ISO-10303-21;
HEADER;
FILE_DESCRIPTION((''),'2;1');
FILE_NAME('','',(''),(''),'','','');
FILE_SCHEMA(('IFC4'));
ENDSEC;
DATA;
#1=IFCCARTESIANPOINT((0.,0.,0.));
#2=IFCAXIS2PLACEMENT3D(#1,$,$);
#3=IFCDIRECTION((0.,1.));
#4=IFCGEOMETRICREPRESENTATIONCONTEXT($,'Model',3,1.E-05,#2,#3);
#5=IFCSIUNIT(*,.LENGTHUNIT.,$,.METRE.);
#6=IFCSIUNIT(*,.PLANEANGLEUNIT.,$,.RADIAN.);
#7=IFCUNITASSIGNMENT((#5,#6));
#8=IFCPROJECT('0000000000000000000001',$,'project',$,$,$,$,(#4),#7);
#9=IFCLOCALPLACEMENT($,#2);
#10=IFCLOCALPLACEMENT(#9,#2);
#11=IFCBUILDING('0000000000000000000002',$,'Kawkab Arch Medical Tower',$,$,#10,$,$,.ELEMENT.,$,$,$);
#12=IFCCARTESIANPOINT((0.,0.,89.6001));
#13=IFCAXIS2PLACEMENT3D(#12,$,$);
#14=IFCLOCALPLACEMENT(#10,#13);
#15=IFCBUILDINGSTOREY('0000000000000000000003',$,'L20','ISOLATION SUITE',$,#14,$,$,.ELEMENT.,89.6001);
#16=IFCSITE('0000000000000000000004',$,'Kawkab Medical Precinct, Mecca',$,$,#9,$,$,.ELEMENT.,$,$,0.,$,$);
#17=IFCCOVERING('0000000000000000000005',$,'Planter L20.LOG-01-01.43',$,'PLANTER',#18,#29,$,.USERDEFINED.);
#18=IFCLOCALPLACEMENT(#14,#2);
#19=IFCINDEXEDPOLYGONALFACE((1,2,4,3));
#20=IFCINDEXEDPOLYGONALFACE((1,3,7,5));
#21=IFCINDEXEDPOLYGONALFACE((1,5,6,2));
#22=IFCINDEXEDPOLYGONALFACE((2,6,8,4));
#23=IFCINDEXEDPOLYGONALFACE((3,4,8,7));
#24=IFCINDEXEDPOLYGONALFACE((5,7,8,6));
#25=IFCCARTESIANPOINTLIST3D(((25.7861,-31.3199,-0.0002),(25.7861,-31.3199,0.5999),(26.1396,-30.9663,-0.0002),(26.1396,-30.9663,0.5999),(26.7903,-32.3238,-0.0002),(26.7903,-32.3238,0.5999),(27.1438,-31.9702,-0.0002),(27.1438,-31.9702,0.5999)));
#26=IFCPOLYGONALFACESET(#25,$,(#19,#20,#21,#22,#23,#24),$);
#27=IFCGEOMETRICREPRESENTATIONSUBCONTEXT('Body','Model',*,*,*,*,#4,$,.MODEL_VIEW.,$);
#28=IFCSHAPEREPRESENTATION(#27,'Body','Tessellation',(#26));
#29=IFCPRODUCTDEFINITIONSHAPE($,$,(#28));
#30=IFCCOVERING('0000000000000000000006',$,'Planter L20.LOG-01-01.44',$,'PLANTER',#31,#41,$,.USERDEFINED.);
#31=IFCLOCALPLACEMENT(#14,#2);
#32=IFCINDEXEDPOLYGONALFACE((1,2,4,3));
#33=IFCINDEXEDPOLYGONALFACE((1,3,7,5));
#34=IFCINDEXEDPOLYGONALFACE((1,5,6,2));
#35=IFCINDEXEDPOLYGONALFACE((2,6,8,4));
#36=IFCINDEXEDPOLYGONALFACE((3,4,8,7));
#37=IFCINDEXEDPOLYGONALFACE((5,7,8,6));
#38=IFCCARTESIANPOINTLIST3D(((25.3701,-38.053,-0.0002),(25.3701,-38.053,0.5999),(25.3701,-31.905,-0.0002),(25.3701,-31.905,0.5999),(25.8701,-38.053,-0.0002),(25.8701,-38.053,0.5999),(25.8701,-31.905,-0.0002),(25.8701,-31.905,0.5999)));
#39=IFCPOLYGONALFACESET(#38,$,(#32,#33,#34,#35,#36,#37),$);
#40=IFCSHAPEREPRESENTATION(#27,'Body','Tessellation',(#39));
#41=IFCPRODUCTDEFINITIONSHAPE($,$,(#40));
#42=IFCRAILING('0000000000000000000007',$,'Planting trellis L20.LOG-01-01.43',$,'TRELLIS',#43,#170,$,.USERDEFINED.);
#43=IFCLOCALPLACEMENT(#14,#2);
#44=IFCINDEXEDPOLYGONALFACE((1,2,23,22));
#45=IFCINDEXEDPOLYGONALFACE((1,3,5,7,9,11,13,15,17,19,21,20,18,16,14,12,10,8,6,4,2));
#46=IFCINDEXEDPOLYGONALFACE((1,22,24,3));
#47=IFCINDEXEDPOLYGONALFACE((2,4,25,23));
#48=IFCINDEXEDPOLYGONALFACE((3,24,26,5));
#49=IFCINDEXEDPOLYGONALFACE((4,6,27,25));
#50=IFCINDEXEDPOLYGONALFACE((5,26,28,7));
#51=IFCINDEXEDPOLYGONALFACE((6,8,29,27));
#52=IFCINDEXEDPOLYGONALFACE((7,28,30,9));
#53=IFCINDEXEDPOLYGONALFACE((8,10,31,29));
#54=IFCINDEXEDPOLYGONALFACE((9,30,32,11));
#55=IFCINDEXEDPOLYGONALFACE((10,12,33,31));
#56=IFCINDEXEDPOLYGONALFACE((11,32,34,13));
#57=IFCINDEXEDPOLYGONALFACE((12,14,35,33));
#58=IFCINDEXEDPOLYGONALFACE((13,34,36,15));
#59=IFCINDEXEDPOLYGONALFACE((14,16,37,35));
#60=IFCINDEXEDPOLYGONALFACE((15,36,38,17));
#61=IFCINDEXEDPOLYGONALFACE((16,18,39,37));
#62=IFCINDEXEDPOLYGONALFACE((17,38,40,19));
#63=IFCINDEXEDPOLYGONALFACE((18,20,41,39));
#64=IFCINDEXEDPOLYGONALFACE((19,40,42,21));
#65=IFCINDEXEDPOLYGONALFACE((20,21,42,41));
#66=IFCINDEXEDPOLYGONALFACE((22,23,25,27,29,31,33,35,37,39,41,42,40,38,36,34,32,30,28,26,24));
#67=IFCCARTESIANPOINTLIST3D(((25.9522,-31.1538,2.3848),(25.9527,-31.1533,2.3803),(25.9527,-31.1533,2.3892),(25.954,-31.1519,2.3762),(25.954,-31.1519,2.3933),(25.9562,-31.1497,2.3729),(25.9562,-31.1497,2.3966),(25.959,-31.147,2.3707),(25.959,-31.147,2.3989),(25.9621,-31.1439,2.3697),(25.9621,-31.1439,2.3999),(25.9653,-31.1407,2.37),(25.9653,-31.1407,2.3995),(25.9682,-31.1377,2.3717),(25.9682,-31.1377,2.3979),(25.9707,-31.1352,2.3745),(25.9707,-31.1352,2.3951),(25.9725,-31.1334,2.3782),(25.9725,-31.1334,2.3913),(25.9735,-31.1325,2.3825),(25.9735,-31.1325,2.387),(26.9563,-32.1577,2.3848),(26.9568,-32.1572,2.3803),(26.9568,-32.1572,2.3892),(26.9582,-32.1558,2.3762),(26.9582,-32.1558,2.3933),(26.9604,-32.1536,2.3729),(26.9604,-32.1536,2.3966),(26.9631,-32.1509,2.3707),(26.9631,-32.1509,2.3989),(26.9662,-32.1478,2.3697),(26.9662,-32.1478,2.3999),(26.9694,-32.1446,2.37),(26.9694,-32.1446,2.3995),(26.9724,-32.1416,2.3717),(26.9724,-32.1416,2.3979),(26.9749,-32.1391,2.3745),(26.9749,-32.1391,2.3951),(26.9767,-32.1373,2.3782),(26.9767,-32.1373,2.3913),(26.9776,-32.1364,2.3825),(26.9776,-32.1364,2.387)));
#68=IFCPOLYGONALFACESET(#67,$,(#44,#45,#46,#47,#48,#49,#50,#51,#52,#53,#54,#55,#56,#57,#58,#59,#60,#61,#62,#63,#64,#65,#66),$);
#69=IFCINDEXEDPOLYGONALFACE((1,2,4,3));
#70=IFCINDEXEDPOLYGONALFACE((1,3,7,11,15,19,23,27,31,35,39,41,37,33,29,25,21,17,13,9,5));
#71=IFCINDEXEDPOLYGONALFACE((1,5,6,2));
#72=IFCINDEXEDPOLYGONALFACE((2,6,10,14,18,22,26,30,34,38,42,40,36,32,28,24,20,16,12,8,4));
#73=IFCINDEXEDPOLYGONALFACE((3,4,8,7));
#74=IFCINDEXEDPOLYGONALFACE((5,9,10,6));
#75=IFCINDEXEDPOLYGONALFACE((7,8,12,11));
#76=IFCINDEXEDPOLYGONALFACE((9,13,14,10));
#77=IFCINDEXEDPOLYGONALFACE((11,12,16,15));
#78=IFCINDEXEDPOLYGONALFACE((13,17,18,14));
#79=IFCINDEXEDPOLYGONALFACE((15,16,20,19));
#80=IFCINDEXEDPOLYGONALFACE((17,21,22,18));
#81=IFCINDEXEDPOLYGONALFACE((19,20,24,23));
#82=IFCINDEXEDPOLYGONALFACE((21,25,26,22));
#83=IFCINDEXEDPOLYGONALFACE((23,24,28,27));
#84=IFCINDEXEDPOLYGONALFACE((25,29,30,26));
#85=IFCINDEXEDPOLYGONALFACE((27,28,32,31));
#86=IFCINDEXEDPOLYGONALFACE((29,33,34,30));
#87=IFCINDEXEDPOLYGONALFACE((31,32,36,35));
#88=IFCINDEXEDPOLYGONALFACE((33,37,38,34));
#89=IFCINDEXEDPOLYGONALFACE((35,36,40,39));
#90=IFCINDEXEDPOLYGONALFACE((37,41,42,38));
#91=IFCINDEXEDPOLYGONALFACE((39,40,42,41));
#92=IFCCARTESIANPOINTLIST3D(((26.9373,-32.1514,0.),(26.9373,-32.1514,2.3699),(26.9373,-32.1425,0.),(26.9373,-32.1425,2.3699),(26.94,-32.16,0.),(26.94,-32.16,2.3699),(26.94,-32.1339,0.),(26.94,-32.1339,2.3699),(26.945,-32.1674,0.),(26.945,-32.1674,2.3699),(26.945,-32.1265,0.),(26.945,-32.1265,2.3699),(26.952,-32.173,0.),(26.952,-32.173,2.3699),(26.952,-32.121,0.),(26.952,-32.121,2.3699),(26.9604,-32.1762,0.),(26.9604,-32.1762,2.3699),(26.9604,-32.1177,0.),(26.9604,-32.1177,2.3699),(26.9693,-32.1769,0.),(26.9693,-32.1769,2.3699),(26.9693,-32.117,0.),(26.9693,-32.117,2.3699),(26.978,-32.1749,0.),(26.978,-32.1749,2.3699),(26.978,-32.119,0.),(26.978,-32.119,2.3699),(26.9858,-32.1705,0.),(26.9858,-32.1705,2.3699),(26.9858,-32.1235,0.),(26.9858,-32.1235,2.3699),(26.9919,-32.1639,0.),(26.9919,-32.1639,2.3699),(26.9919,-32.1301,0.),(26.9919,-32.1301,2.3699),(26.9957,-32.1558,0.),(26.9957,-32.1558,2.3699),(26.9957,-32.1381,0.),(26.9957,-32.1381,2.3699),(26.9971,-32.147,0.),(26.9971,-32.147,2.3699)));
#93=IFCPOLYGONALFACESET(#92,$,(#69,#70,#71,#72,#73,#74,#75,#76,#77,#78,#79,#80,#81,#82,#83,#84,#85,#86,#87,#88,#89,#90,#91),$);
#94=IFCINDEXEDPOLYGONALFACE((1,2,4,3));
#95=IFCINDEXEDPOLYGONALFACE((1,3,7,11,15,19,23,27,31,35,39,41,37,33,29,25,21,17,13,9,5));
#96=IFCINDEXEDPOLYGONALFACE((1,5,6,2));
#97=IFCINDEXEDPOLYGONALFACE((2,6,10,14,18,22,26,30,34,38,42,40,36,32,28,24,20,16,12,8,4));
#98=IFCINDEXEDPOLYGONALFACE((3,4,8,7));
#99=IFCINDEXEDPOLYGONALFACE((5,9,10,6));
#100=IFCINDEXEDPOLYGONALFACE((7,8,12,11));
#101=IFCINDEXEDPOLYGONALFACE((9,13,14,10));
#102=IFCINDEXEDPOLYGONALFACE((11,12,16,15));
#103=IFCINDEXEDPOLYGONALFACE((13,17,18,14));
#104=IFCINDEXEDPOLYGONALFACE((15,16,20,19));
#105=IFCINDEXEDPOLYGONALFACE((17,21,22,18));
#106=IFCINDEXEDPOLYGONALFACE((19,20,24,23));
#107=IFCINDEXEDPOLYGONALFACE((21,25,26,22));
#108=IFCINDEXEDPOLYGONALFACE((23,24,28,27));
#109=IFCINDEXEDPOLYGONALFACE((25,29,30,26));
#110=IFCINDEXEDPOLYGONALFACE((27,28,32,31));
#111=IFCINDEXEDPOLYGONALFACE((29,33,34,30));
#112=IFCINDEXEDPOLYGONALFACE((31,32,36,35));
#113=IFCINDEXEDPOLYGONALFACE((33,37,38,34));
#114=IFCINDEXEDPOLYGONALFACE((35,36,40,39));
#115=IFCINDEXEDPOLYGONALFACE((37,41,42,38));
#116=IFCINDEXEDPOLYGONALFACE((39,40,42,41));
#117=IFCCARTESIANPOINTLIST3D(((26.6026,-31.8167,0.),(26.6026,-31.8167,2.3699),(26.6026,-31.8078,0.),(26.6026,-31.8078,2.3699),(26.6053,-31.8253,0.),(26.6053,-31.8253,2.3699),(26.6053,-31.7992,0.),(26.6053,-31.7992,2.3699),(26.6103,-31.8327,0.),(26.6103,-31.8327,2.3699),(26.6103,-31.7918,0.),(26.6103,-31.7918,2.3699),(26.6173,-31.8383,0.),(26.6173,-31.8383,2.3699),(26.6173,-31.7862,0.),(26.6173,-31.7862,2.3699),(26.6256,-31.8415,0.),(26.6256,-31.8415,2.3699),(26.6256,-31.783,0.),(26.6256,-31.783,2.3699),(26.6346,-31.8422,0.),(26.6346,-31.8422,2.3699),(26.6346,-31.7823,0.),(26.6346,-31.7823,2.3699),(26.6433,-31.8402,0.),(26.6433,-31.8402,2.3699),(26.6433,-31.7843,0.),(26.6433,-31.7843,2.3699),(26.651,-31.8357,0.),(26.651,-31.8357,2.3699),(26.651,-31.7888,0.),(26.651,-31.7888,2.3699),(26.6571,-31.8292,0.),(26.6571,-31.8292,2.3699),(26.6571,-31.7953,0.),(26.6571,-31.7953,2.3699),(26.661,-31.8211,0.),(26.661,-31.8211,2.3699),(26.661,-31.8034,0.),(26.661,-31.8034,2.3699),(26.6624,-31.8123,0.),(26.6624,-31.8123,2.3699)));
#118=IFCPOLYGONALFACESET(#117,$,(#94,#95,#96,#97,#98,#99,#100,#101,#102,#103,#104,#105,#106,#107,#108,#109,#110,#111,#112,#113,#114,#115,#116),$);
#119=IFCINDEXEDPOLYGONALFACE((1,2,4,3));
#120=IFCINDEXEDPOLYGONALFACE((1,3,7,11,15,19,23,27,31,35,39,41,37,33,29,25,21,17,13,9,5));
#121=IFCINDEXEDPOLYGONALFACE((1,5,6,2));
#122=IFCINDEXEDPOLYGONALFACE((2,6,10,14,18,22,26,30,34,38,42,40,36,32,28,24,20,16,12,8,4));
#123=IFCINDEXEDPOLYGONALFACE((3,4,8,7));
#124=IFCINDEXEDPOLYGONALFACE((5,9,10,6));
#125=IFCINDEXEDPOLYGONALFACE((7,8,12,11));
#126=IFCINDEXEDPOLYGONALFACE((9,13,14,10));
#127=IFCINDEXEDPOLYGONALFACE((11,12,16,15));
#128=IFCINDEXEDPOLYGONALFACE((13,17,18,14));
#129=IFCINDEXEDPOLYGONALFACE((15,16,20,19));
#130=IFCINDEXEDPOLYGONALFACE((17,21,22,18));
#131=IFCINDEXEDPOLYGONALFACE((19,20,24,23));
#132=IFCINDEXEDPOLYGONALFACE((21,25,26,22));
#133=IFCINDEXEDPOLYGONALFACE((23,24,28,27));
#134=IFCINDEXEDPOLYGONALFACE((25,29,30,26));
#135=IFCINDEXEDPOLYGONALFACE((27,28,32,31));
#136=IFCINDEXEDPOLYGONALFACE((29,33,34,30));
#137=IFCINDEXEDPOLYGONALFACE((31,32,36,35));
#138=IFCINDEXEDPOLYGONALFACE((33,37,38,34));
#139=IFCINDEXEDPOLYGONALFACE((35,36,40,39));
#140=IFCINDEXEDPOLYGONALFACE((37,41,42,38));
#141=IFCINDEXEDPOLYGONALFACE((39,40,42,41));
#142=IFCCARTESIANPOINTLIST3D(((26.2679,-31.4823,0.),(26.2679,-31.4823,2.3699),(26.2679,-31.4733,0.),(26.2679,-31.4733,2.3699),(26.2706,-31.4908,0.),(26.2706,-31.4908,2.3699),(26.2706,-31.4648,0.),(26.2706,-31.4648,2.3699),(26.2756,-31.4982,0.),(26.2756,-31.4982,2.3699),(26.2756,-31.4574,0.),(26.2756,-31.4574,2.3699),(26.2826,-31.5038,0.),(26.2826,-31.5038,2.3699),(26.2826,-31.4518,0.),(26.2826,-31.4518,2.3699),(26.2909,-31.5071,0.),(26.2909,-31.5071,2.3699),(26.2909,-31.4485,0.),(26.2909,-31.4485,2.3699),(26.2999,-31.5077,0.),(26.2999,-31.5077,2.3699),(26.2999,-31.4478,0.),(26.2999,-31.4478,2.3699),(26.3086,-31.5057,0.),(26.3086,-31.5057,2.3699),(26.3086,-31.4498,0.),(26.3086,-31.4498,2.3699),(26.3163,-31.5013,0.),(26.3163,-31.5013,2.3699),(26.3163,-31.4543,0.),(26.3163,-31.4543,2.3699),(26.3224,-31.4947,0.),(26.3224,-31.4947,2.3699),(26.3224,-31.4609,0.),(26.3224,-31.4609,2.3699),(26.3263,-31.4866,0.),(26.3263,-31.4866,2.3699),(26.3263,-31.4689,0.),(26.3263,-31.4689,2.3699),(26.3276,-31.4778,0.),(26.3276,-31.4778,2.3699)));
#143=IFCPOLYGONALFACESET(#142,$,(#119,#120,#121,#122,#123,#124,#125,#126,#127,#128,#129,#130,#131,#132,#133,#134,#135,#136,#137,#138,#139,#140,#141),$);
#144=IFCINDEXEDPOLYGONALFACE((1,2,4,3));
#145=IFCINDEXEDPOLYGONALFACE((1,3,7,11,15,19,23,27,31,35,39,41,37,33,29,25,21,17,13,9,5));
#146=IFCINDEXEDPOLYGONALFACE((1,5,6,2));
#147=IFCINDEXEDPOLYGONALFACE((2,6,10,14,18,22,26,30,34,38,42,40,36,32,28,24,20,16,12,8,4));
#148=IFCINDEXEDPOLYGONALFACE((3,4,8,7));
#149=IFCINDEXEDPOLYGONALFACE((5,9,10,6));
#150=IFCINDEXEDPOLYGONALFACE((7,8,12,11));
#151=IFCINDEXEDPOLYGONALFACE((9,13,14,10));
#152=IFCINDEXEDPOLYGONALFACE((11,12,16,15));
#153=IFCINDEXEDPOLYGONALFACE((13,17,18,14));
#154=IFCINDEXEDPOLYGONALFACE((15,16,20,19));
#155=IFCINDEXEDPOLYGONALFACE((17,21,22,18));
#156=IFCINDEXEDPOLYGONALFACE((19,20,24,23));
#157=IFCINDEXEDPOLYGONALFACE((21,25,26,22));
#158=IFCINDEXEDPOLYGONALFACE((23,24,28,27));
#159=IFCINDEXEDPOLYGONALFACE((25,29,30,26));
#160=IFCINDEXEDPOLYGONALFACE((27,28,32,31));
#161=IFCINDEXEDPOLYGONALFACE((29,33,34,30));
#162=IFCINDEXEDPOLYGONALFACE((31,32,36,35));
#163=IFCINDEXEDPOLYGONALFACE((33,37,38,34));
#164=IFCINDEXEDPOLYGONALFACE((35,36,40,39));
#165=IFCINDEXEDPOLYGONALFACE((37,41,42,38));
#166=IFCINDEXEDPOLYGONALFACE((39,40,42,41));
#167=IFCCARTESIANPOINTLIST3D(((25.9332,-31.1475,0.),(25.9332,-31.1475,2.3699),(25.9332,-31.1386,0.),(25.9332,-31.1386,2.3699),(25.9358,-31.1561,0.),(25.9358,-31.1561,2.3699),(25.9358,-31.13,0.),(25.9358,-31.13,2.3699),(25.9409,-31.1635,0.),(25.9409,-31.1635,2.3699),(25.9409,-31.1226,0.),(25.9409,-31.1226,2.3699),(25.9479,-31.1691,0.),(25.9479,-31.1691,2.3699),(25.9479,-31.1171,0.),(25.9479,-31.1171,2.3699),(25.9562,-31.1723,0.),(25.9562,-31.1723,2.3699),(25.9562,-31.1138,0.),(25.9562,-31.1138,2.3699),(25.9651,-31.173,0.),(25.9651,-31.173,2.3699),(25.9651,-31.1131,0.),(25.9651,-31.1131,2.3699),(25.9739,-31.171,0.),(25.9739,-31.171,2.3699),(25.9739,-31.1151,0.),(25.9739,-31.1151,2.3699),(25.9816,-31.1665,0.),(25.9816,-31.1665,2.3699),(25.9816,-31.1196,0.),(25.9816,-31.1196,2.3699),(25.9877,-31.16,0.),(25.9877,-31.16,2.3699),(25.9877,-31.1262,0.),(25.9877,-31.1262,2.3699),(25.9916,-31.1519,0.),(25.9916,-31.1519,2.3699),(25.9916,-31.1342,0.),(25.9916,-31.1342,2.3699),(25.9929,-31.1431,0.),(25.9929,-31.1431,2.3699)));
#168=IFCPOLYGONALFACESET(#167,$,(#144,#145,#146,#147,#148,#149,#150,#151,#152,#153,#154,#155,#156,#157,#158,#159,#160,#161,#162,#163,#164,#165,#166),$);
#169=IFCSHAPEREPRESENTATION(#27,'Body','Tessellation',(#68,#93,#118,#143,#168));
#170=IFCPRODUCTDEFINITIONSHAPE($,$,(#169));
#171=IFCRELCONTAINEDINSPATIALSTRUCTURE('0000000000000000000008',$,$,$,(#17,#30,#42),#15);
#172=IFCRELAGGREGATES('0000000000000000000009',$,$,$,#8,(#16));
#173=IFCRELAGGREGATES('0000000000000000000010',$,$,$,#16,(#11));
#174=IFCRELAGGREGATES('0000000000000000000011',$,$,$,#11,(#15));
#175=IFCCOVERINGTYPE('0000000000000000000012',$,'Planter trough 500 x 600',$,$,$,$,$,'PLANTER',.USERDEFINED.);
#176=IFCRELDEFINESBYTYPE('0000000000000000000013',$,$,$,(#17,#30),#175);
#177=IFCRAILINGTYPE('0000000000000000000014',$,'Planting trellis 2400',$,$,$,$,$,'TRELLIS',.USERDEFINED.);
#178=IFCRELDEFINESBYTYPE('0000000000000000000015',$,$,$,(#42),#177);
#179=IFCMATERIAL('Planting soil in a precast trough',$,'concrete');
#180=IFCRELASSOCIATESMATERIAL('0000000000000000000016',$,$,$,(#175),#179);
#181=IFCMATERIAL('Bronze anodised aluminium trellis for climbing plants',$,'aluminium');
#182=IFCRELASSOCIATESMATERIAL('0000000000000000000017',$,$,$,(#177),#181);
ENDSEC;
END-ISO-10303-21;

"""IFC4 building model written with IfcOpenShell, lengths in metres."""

from ifc_helpers import new_model, si_unit, direction, frame, origin, origin_2d, place, context, subcontext, project, spatial, rectangle, circle, extrude, material, material_profile, profile_set, type_object, element, save


model = new_model("IFC4")

# Units and contexts
model_context = context("Model", 3, precision=1e-05, world=origin(), true_north=direction((0.0, 1.0)))
body_context = subcontext(model_context, "Body", "Model", "MODEL_VIEW")
ifc_project = project(units=[si_unit("LENGTHUNIT", "METRE"), si_unit("PLANEANGLEUNIT", "RADIAN")], contexts=[model_context])

# Site, building, storey
site_placement = place(None, origin())
site = spatial("IfcSite", under=ifc_project, at=site_placement, Name="Kawkab Medical Precinct, Mecca", CompositionType="ELEMENT", RefElevation=0.0)
building_placement = place(site_placement, origin())
building = spatial("IfcBuilding", under=site, at=building_placement, Name="Kawkab Arch Medical Tower", CompositionType="ELEMENT")
storey_placement = place(building_placement, frame((0.0, 0.0, 89.6001)))
storey = spatial("IfcBuildingStorey", under=building, at=storey_placement, Name="L20", Description="ISOLATION SUITE", CompositionType="ELEMENT", Elevation=89.6001)

# Coverings
ifc_material_1 = material(Name="Planting soil in a precast trough", Category="concrete")
ifc_material_profile_1 = material_profile(ifc_material_1, rectangle(XDim=0.5, YDim=0.6001, at=origin_2d()), Name="Trough 500x600")
ifc_profile_set_1 = profile_set([ifc_material_profile_1], Name="Planting soil in a precast trough")
covering_type = type_object("IfcCoveringType", Name="Planter trough 500 x 600", ElementType="PLANTER", PredefinedType="USERDEFINED", material=ifc_profile_set_1)
covering_1_placement = place(storey_placement, frame((26.967, -32.147, 0.2998), z_axis=(-0.707193, 0.707021, 0.0), x_axis=(-0.707021, -0.707193, 0.0)))
element("IfcCovering", 1, at=covering_1_placement, inside=storey, type_object=covering_type, Name="Planter L20.LOG-01-01.43", ObjectType="PLANTER", PredefinedType="USERDEFINED", context=body_context, shape_type="SweptSolid", body=[
    extrude(rectangle(XDim=0.5, YDim=0.6001, at=origin_2d()), origin(), (0.0, 0.0, 1.0), 1.4199),
])
covering_2_placement = place(storey_placement, frame((25.6201, -31.905, 0.2998), z_axis=(0.0, -1.0, 0.0), x_axis=(1.0, 0.0, 0.0)))
element("IfcCovering", 2, at=covering_2_placement, inside=storey, type_object=covering_type, Name="Planter L20.LOG-01-01.44", ObjectType="PLANTER", PredefinedType="USERDEFINED", context=body_context, shape_type="SweptSolid", body=[
    extrude(rectangle(XDim=0.5, YDim=0.6001, at=origin_2d()), origin(), (0.0, 0.0, 1.0), 6.1479),
])

# Railing
ifc_material_2 = material(Name="Bronze anodised aluminium trellis for climbing plants", Category="aluminium")
railing_type = type_object("IfcRailingType", Name="Planting trellis 2400", ElementType="TRELLIS", PredefinedType="USERDEFINED", material=ifc_material_2)
railing_placement = place(storey_placement, frame((26.967, -32.147, 0.0)))
element("IfcRailing", 3, at=railing_placement, inside=storey, type_object=railing_type, Name="Planting trellis L20.LOG-01-01.43", ObjectType="TRELLIS", PredefinedType="USERDEFINED", context=body_context, shape_type="SweptSolid", body=[
    extrude(circle(Radius=0.0151, at=origin_2d()), frame((0.0, 0.0, 2.3848), z_axis=(-0.707193, 0.707021, 0.0), x_axis=(-0.707021, -0.707193, 0.0)), (0.0, 0.0, 1.0), 1.4199),
    extrude(circle(Radius=0.03, at=origin_2d()), origin(), (0.0, 0.0, 1.0), 2.3699),
    extrude(circle(Radius=0.03, at=origin_2d()), frame((-0.3347, 0.3347, 0.0)), (0.0, 0.0, 1.0), 2.3699),
    extrude(circle(Radius=0.03, at=origin_2d()), frame((-0.6694, 0.6692, 0.0)), (0.0, 0.0, 1.0), 2.3699),
    extrude(circle(Radius=0.03, at=origin_2d()), frame((-1.0042, 1.0039, 0.0)), (0.0, 0.0, 1.0), 2.3699),
])

save(model, "model.ifc")
